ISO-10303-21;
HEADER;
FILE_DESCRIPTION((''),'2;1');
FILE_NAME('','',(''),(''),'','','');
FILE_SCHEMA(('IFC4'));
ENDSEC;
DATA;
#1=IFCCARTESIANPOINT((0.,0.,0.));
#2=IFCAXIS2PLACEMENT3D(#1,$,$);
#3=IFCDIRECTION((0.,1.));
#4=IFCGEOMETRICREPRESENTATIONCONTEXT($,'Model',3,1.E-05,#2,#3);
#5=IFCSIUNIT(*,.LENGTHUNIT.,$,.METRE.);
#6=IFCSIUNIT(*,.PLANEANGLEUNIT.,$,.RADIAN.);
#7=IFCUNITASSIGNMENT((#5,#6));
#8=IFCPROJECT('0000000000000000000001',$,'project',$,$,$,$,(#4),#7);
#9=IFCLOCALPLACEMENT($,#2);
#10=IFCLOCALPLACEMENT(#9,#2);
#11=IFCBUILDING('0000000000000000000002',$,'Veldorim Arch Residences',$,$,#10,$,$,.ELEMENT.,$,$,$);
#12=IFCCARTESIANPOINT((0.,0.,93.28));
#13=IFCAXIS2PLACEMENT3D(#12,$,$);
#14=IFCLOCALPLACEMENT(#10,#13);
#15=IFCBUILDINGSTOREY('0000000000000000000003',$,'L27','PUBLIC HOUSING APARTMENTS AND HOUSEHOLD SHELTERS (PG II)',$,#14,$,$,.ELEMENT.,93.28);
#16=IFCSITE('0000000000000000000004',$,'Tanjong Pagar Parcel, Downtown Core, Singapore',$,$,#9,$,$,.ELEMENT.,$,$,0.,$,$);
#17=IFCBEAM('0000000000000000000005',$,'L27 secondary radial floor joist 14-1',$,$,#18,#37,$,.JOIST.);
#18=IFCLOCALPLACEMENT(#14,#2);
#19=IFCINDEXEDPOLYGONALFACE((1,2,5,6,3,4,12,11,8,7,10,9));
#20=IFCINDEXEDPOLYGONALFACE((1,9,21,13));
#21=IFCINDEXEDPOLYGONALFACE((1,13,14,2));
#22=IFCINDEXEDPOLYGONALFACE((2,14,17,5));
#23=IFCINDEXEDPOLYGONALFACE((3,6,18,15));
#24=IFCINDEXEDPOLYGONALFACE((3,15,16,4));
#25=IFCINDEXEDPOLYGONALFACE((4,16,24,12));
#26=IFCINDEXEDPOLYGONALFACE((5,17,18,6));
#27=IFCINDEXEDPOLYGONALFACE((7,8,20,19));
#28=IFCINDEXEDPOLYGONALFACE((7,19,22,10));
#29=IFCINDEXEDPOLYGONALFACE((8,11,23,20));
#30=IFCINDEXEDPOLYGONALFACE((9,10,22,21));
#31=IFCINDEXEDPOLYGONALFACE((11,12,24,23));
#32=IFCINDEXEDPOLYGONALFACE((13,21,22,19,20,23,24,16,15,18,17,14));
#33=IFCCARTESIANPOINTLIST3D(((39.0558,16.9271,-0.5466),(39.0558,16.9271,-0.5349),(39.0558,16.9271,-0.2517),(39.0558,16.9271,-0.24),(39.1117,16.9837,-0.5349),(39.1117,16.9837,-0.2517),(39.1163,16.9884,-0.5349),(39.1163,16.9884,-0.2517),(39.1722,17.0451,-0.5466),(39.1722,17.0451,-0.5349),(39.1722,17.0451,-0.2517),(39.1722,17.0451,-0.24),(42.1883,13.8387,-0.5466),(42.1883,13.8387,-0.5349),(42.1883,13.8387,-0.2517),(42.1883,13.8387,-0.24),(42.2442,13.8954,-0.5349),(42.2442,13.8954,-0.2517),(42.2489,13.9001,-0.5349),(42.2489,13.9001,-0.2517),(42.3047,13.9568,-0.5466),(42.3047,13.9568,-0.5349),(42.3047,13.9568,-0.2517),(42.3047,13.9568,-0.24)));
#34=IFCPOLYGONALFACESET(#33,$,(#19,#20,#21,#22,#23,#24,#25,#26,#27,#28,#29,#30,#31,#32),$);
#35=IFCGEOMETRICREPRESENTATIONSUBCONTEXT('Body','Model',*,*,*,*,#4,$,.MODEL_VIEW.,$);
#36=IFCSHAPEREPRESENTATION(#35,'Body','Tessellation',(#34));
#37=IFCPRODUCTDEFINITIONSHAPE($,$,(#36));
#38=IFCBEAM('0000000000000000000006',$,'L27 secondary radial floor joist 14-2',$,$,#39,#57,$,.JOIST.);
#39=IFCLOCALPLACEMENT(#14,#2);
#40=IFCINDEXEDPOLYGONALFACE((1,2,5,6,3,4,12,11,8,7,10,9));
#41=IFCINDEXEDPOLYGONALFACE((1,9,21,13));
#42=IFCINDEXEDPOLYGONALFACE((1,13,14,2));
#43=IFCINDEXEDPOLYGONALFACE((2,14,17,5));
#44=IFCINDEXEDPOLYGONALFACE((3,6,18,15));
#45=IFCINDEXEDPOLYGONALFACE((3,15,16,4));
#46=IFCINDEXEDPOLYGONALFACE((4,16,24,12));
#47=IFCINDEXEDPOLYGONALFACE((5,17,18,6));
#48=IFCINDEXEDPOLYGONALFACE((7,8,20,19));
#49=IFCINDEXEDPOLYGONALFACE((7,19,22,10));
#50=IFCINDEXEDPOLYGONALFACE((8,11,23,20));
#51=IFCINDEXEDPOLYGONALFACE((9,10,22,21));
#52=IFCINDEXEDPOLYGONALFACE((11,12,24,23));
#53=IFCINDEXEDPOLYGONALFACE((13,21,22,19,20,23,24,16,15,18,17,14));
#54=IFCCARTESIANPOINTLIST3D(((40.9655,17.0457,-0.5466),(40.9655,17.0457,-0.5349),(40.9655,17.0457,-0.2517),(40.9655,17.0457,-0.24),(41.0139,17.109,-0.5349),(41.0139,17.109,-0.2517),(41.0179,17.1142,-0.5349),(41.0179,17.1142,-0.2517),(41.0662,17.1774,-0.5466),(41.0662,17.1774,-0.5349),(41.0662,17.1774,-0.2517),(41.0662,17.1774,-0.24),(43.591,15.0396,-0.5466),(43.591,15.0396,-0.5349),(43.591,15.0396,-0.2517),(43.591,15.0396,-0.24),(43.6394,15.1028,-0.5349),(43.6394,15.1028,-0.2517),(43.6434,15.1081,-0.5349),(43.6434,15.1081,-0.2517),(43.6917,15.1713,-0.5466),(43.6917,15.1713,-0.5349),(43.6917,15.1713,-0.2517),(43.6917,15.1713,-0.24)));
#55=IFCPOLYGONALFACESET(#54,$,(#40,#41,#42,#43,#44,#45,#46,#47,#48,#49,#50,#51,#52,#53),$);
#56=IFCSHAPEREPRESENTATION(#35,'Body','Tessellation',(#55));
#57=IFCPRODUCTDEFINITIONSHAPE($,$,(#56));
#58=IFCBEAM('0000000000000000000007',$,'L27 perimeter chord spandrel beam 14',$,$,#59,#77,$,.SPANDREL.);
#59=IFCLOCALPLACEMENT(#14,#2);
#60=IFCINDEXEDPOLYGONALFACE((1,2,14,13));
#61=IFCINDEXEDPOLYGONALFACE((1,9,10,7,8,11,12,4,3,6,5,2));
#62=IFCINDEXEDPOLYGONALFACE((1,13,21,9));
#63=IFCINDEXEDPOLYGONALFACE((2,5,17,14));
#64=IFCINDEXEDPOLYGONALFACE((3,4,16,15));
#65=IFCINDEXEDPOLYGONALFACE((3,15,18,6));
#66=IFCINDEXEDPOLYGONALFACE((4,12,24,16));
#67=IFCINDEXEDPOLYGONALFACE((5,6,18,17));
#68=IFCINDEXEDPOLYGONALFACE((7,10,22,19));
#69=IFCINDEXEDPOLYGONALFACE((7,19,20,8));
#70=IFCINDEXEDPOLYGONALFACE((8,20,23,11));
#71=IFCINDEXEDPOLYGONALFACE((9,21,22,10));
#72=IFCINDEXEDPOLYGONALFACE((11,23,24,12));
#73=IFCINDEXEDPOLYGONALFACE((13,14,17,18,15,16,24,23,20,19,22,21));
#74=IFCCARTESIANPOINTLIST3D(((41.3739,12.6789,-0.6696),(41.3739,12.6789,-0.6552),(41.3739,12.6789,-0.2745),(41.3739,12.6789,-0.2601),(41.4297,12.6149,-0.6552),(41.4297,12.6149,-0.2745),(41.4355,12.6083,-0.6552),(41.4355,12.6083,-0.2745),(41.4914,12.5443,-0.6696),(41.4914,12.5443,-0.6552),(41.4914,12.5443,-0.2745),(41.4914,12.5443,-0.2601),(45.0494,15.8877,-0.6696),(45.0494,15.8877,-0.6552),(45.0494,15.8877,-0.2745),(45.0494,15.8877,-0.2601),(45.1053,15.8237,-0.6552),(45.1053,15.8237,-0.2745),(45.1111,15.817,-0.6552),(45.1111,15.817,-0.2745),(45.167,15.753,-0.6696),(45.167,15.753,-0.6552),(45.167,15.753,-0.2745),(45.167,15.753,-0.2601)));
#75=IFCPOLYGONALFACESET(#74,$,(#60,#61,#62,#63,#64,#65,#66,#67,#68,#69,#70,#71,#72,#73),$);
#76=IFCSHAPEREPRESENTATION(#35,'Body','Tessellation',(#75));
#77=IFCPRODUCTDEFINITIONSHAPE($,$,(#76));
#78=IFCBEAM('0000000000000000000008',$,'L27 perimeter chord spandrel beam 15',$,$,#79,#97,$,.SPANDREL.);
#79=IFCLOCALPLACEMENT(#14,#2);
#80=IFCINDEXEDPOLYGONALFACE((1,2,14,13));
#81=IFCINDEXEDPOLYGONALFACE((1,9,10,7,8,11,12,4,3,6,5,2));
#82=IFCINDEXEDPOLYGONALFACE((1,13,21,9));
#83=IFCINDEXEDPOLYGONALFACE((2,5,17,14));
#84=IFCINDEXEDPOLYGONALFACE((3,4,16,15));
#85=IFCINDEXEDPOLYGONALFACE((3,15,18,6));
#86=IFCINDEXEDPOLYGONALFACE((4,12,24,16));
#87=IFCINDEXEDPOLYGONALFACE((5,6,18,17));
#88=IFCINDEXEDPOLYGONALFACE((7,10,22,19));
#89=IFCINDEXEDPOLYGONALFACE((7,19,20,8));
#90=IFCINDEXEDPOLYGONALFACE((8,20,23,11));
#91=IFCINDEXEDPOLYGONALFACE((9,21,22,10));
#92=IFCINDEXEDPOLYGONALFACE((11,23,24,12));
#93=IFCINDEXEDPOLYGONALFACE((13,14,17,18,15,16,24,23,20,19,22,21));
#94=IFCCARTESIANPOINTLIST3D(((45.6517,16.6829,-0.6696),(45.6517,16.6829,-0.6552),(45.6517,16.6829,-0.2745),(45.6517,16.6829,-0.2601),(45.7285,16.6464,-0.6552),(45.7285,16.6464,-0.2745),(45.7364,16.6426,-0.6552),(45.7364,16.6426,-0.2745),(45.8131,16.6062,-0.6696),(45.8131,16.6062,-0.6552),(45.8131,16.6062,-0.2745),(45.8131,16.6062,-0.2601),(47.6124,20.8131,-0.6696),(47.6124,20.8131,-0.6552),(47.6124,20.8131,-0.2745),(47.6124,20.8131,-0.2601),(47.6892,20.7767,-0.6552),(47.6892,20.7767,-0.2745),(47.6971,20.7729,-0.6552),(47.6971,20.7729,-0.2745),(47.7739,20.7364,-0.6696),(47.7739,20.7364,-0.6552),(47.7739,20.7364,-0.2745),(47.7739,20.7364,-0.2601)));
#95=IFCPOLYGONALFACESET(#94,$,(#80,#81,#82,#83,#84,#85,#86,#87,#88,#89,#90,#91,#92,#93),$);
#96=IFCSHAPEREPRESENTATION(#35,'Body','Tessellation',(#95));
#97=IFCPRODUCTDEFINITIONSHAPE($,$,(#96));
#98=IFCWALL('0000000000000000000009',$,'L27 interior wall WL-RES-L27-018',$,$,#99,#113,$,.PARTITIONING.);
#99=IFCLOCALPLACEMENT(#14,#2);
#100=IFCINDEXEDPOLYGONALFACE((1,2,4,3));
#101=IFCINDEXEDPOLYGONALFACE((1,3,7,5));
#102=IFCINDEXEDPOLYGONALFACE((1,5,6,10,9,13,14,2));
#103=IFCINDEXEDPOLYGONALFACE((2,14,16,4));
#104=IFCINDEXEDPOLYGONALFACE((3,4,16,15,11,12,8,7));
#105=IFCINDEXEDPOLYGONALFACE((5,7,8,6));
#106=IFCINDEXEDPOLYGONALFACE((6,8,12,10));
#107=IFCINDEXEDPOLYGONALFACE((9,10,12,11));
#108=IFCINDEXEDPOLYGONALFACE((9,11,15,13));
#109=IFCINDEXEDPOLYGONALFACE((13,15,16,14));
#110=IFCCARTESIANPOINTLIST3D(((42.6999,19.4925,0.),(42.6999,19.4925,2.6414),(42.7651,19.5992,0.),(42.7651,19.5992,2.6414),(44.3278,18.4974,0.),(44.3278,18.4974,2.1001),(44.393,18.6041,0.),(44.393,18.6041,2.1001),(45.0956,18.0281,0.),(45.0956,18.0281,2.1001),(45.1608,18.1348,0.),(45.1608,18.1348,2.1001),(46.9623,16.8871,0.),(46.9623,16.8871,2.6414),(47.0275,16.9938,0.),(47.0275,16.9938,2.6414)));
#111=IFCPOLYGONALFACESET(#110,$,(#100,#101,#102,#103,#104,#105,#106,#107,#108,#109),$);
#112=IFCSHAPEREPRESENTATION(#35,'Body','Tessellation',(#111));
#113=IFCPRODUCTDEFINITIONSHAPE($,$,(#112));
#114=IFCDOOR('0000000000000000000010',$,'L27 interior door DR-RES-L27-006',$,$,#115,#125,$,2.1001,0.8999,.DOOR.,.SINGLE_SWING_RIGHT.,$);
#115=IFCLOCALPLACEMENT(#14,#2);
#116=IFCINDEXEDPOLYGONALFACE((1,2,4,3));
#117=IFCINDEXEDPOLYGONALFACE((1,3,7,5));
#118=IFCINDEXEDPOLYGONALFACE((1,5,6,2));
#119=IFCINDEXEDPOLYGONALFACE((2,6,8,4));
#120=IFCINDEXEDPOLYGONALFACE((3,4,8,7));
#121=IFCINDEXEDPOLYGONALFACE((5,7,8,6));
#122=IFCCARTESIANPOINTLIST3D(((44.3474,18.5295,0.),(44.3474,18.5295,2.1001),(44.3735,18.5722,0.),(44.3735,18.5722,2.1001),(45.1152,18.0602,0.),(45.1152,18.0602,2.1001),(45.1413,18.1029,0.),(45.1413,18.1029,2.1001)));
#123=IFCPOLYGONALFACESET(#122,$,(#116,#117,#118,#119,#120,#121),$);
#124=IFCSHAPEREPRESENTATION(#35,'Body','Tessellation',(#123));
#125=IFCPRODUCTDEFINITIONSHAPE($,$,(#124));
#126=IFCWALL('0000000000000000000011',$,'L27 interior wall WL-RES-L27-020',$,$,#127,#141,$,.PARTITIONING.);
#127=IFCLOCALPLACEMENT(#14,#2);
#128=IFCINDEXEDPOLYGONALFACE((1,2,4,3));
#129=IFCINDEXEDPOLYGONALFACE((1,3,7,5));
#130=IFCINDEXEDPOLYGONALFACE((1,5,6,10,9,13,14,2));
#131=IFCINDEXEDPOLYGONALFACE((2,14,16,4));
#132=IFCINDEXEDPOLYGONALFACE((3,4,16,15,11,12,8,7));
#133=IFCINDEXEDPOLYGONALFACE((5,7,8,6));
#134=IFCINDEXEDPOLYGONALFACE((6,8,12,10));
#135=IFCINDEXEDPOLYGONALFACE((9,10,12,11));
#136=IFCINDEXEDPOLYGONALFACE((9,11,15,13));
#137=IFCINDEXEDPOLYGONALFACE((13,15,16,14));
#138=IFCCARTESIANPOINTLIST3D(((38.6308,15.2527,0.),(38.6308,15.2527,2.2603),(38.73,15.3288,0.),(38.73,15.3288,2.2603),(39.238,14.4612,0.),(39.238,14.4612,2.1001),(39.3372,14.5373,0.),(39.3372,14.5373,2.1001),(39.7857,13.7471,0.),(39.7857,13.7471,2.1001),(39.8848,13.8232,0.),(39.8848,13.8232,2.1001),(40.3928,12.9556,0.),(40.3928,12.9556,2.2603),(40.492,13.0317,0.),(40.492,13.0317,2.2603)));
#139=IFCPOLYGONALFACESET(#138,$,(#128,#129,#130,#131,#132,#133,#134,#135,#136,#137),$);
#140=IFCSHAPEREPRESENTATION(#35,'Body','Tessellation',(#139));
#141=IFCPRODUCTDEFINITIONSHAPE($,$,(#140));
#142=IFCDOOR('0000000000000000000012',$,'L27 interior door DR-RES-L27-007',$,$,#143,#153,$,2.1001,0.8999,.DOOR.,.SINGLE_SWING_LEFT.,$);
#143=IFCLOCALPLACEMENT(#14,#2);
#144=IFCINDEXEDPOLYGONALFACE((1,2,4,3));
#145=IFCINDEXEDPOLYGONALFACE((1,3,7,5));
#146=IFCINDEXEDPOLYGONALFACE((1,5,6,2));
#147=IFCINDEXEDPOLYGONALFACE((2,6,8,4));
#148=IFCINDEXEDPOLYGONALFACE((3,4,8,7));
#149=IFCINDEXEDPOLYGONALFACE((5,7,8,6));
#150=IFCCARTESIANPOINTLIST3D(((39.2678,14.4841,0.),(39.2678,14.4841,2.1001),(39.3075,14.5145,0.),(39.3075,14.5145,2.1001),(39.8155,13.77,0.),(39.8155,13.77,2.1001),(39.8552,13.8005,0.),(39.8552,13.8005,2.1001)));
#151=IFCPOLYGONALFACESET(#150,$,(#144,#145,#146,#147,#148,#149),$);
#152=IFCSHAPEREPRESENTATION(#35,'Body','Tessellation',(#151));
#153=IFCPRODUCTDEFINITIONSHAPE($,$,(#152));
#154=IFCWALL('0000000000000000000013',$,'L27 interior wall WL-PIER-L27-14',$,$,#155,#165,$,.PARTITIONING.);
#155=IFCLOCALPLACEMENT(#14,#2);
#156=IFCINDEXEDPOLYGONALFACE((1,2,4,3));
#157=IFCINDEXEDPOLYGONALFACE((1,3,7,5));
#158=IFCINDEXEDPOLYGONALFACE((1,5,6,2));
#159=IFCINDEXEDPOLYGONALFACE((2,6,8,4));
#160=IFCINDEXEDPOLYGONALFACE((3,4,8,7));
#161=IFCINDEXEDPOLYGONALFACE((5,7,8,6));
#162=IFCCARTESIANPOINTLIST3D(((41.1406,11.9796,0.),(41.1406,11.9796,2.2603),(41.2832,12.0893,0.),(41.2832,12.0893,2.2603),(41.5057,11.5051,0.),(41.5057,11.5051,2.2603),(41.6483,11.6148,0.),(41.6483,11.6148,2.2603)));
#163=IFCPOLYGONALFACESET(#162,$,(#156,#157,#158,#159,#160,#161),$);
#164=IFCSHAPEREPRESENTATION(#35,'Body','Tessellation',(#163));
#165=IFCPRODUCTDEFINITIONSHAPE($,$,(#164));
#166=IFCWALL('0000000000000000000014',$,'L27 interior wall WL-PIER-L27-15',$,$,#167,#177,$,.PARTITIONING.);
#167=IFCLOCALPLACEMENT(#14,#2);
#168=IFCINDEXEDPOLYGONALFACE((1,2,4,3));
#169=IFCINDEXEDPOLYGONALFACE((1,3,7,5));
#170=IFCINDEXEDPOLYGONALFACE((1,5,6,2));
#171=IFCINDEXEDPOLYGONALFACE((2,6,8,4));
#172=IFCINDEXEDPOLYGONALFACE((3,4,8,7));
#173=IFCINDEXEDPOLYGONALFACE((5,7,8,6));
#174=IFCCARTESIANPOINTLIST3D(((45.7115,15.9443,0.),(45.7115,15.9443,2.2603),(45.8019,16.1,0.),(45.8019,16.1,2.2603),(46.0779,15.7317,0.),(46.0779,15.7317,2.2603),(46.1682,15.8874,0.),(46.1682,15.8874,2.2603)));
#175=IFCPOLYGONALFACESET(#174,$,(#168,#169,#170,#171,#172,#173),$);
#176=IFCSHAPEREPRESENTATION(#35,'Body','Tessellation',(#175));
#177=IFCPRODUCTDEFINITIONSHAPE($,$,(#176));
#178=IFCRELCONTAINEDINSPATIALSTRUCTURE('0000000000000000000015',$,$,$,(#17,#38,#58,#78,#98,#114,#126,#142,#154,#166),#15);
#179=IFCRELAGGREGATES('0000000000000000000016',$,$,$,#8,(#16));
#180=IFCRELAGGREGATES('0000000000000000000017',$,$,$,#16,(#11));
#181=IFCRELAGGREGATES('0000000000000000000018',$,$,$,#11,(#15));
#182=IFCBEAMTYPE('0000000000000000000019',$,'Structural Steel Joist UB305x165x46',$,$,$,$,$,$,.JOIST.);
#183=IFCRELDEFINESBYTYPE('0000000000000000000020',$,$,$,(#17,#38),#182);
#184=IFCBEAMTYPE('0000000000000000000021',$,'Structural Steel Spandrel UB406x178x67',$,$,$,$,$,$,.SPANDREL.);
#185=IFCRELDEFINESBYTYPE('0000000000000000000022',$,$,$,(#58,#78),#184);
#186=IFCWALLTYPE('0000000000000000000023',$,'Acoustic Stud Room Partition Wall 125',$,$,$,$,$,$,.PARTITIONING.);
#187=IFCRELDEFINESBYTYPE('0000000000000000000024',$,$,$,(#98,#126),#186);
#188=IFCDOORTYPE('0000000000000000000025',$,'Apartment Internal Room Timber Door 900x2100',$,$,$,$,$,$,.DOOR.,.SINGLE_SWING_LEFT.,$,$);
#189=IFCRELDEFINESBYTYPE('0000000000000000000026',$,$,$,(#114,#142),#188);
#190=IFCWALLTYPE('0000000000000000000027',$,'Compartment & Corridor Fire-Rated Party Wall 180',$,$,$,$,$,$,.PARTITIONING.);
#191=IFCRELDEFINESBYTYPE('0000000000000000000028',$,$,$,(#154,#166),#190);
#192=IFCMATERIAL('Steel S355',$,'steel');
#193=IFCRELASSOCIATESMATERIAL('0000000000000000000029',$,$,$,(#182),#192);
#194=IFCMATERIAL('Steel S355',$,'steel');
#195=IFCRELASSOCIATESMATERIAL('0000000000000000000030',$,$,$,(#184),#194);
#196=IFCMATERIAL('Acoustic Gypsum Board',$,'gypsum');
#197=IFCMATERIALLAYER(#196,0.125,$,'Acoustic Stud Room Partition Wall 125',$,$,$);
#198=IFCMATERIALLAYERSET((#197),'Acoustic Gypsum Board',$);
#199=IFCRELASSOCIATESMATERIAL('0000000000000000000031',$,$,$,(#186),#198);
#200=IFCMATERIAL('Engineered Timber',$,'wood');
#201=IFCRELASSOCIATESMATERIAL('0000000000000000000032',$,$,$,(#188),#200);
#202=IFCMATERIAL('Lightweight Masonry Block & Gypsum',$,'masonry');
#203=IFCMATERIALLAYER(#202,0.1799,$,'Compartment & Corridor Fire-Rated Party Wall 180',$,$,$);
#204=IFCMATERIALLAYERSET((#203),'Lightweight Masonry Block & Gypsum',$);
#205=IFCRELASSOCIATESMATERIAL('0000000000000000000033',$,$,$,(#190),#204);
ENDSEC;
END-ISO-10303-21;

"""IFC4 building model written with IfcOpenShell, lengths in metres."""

from ifc_helpers import new_model, si_unit, direction, frame, frame_2d, origin, origin_2d, place, context, subcontext, project, spatial, rectangle, i_section, extrude, material, layer, layer_set, material_profile, profile_set, type_object, element, fill, save


model = new_model("IFC4")

# Units and contexts
model_context = context("Model", 3, precision=1e-05, world=origin(), true_north=direction((0.0, 1.0)))
body_context = subcontext(model_context, "Body", "Model", "MODEL_VIEW")
ifc_project = project(units=[si_unit("LENGTHUNIT", "METRE"), si_unit("PLANEANGLEUNIT", "RADIAN")], contexts=[model_context])

# Site, building, storey
site_placement = place(None, origin())
site = spatial("IfcSite", under=ifc_project, at=site_placement, Name="Tanjong Pagar Parcel, Downtown Core, Singapore", CompositionType="ELEMENT", RefElevation=0.0)
building_placement = place(site_placement, origin())
building = spatial("IfcBuilding", under=site, at=building_placement, Name="Veldorim Arch Residences", CompositionType="ELEMENT")
storey_placement = place(building_placement, frame((0.0, 0.0, 93.28)))
storey = spatial("IfcBuildingStorey", under=building, at=storey_placement, Name="L27", Description="PUBLIC HOUSING APARTMENTS AND HOUSEHOLD SHELTERS (PG II)", CompositionType="ELEMENT", Elevation=93.28)

# Beams
ifc_material_1 = material(Name="Steel S355", Category="steel")
ifc_material_profile_1 = material_profile(ifc_material_1, i_section(OverallWidth=0.1658, OverallDepth=0.3066, WebThickness=0.0066, FlangeThickness=0.0117, at=origin_2d()), Name="UB305x165x46")
ifc_profile_set_1 = profile_set([ifc_material_profile_1], Name="Steel S355")
beam_type_1 = type_object("IfcBeamType", Name="Structural Steel Joist UB305x165x46", PredefinedType="JOIST", material=ifc_profile_set_1)
beam_1_placement = place(storey_placement, frame((39.114, 16.9861, -0.3933), z_axis=(0.712112, -0.702066, 0.0), x_axis=(0.702066, 0.712112, 0.0)))
element("IfcBeam", 1, at=beam_1_placement, inside=storey, type_object=beam_type_1, Name="L27 secondary radial floor joist 14-1", PredefinedType="JOIST", context=body_context, shape_type="SweptSolid", body=[
    extrude(i_section(OverallWidth=0.1658, OverallDepth=0.3066, WebThickness=0.0066, FlangeThickness=0.0117, at=origin_2d()), origin(), (0.0, 0.0, 1.0), 4.3989),
])
beam_2_placement = place(storey_placement, frame((41.0159, 17.1116, -0.3933), z_axis=(0.794595, -0.60714, 0.0), x_axis=(0.60714, 0.794595, 0.0)))
element("IfcBeam", 2, at=beam_2_placement, inside=storey, type_object=beam_type_1, Name="L27 secondary radial floor joist 14-2", PredefinedType="JOIST", context=body_context, shape_type="SweptSolid", body=[
    extrude(i_section(OverallWidth=0.1658, OverallDepth=0.3066, WebThickness=0.0066, FlangeThickness=0.0117, at=origin_2d()), origin(), (0.0, 0.0, 1.0), 3.3042),
])
ifc_material_2 = material(Name="Steel S355", Category="steel")
ifc_material_profile_2 = material_profile(ifc_material_2, i_section(OverallWidth=0.1787, OverallDepth=0.4094, WebThickness=0.0088, FlangeThickness=0.0144, at=origin_2d()), Name="UB406x178x67")
ifc_profile_set_2 = profile_set([ifc_material_profile_2], Name="Steel S355")
beam_type_2 = type_object("IfcBeamType", Name="Structural Steel Spandrel UB406x178x67", PredefinedType="SPANDREL", material=ifc_profile_set_2)
beam_3_placement = place(storey_placement, frame((41.4326, 12.6116, -0.4648), z_axis=(0.753323, 0.65765, 0.0), x_axis=(-0.65765, 0.753323, 0.0)))
element("IfcBeam", 3, at=beam_3_placement, inside=storey, type_object=beam_type_2, Name="L27 perimeter chord spandrel beam 14", PredefinedType="SPANDREL", context=body_context, shape_type="SweptSolid", body=[
    extrude(i_section(OverallWidth=0.1787, OverallDepth=0.4094, WebThickness=0.0088, FlangeThickness=0.0144, at=origin_2d()), origin(), (0.0, 0.0, 1.0), 4.8792),
])
beam_4_placement = place(storey_placement, frame((45.7324, 16.6445, -0.4648), z_axis=(0.428857, 0.903372, 0.0), x_axis=(-0.903372, 0.428857, 0.0)))
element("IfcBeam", 4, at=beam_4_placement, inside=storey, type_object=beam_type_2, Name="L27 perimeter chord spandrel beam 15", PredefinedType="SPANDREL", context=body_context, shape_type="SweptSolid", body=[
    extrude(i_section(OverallWidth=0.1787, OverallDepth=0.4094, WebThickness=0.0088, FlangeThickness=0.0144, at=origin_2d()), origin(), (0.0, 0.0, 1.0), 4.572),
])

# Walls, openings, doors
ifc_material_3 = material(Name="Acoustic Gypsum Board", Category="gypsum")
ifc_layer_1 = layer(ifc_material_3, 0.125, Name="Acoustic Stud Room Partition Wall 125")
ifc_layer_set_1 = layer_set([ifc_layer_1], Name="Acoustic Gypsum Board")
wall_type_1 = type_object("IfcWallType", Name="Acoustic Stud Room Partition Wall 125", PredefinedType="PARTITIONING", material=ifc_layer_set_1)
wall_1_placement = place(storey_placement, frame((46.9949, 16.9404, 0.0), z_axis=(0.0, 0.0, 1.0), x_axis=(-0.853225, 0.521543, 0.0)))
wall_1 = element("IfcWall", 5, at=wall_1_placement, inside=storey, type_object=wall_type_1, Name="L27 interior wall WL-RES-L27-018", PredefinedType="PARTITIONING", context=body_context, shape_type="SweptSolid", body=[
    extrude(rectangle(XDim=4.9956, YDim=0.125, at=frame_2d((2.4978, 0.0))), origin(), (0.0, 0.0, 1.0), 2.6414),
])
opening_1_placement = place(wall_1_placement, frame((2.1877, 0.0, 0.0)))
opening_1 = element("IfcOpeningElement", 6, at=opening_1_placement, cuts=wall_1, PredefinedType="OPENING", context=body_context, shape_type="SweptSolid", body=[
    extrude(rectangle(XDim=0.8999, YDim=2.1001, at=frame_2d((0.45, 1.05))), frame((0.0, 0.0725, 0.0), z_axis=(0.0, -1.0, 0.0), x_axis=(1.0, 0.0, 0.0)), (0.0, 0.0, 1.0), 0.145),
])
ifc_material_4 = material(Name="Engineered Timber", Category="wood")
door_type_1 = type_object("IfcDoorType", Name="Apartment Internal Room Timber Door 900x2100", OperationType="SINGLE_SWING_LEFT", PredefinedType="DOOR", material=ifc_material_4)
door_1_placement = place(opening_1_placement, origin())
door_1 = element("IfcDoor", 7, at=door_1_placement, inside=storey, type_object=door_type_1, Name="L27 interior door DR-RES-L27-006", OperationType="SINGLE_SWING_RIGHT", OverallHeight=2.1001, OverallWidth=0.8999, PredefinedType="DOOR", context=body_context, shape_type="SweptSolid", body=[
    extrude(rectangle(XDim=0.8999, YDim=2.1001, at=frame_2d((0.45, 1.05))), frame((0.0, 0.0249, 0.0), z_axis=(0.0, -1.0, 0.0), x_axis=(1.0, 0.0, 0.0)), (0.0, 0.0, 1.0), 0.05),
])
fill(opening_1, door_1)
wall_2_placement = place(storey_placement, frame((40.4424, 12.9937, 0.0), z_axis=(0.0, 0.0, 1.0), x_axis=(-0.608614, 0.793467, 0.0)))
wall_2 = element("IfcWall", 8, at=wall_2_placement, inside=storey, type_object=wall_type_1, Name="L27 interior wall WL-RES-L27-020", PredefinedType="PARTITIONING", context=body_context, shape_type="SweptSolid", body=[
    extrude(rectangle(XDim=2.895, YDim=0.125, at=frame_2d((1.4475, 0.0))), origin(), (0.0, 0.0, 1.0), 2.2603),
])
opening_2_placement = place(wall_2_placement, frame((0.9976, 0.0, 0.0)))
opening_2 = element("IfcOpeningElement", 9, at=opening_2_placement, cuts=wall_2, PredefinedType="OPENING", context=body_context, shape_type="SweptSolid", body=[
    extrude(rectangle(XDim=0.8999, YDim=2.1001, at=frame_2d((0.45, 1.05))), frame((0.0, 0.0725, 0.0), z_axis=(0.0, -1.0, 0.0), x_axis=(1.0, 0.0, 0.0)), (0.0, 0.0, 1.0), 0.145),
])
door_2_placement = place(opening_2_placement, origin())
door_2 = element("IfcDoor", 10, at=door_2_placement, inside=storey, type_object=door_type_1, Name="L27 interior door DR-RES-L27-007", OperationType="SINGLE_SWING_LEFT", OverallHeight=2.1001, OverallWidth=0.8999, PredefinedType="DOOR", context=body_context, shape_type="SweptSolid", body=[
    extrude(rectangle(XDim=0.8999, YDim=2.1001, at=frame_2d((0.45, 1.05))), frame((0.0, 0.0249, 0.0), z_axis=(0.0, -1.0, 0.0), x_axis=(1.0, 0.0, 0.0)), (0.0, 0.0, 1.0), 0.05),
])
fill(opening_2, door_2)

# Walls
ifc_material_5 = material(Name="Lightweight Masonry Block & Gypsum", Category="masonry")
ifc_layer_2 = layer(ifc_material_5, 0.1799, Name="Compartment & Corridor Fire-Rated Party Wall 180")
ifc_layer_set_2 = layer_set([ifc_layer_2], Name="Lightweight Masonry Block & Gypsum")
wall_type_2 = type_object("IfcWallType", Name="Compartment & Corridor Fire-Rated Party Wall 180", PredefinedType="PARTITIONING", material=ifc_layer_set_2)
wall_3_placement = place(storey_placement, frame((41.2119, 12.0344, 0.0), z_axis=(0.0, 0.0, 1.0), x_axis=(0.609809, -0.792548, 0.0)))
element("IfcWall", 11, at=wall_3_placement, inside=storey, type_object=wall_type_2, Name="L27 interior wall WL-PIER-L27-14", PredefinedType="PARTITIONING", context=body_context, shape_type="SweptSolid", body=[
    extrude(rectangle(XDim=0.5986, YDim=0.1799, at=frame_2d((0.2993, 0.0))), origin(), (0.0, 0.0, 1.0), 2.2603),
])
wall_4_placement = place(storey_placement, frame((45.7566, 16.0222, 0.0), z_axis=(0.0, 0.0, 1.0), x_axis=(0.864926, -0.501899, 0.0)))
element("IfcWall", 12, at=wall_4_placement, inside=storey, type_object=wall_type_2, Name="L27 interior wall WL-PIER-L27-15", PredefinedType="PARTITIONING", context=body_context, shape_type="SweptSolid", body=[
    extrude(rectangle(XDim=0.4236, YDim=0.1799, at=frame_2d((0.2119, 0.0))), origin(), (0.0, 0.0, 1.0), 2.2603),
])

save(model, "model.ifc")
